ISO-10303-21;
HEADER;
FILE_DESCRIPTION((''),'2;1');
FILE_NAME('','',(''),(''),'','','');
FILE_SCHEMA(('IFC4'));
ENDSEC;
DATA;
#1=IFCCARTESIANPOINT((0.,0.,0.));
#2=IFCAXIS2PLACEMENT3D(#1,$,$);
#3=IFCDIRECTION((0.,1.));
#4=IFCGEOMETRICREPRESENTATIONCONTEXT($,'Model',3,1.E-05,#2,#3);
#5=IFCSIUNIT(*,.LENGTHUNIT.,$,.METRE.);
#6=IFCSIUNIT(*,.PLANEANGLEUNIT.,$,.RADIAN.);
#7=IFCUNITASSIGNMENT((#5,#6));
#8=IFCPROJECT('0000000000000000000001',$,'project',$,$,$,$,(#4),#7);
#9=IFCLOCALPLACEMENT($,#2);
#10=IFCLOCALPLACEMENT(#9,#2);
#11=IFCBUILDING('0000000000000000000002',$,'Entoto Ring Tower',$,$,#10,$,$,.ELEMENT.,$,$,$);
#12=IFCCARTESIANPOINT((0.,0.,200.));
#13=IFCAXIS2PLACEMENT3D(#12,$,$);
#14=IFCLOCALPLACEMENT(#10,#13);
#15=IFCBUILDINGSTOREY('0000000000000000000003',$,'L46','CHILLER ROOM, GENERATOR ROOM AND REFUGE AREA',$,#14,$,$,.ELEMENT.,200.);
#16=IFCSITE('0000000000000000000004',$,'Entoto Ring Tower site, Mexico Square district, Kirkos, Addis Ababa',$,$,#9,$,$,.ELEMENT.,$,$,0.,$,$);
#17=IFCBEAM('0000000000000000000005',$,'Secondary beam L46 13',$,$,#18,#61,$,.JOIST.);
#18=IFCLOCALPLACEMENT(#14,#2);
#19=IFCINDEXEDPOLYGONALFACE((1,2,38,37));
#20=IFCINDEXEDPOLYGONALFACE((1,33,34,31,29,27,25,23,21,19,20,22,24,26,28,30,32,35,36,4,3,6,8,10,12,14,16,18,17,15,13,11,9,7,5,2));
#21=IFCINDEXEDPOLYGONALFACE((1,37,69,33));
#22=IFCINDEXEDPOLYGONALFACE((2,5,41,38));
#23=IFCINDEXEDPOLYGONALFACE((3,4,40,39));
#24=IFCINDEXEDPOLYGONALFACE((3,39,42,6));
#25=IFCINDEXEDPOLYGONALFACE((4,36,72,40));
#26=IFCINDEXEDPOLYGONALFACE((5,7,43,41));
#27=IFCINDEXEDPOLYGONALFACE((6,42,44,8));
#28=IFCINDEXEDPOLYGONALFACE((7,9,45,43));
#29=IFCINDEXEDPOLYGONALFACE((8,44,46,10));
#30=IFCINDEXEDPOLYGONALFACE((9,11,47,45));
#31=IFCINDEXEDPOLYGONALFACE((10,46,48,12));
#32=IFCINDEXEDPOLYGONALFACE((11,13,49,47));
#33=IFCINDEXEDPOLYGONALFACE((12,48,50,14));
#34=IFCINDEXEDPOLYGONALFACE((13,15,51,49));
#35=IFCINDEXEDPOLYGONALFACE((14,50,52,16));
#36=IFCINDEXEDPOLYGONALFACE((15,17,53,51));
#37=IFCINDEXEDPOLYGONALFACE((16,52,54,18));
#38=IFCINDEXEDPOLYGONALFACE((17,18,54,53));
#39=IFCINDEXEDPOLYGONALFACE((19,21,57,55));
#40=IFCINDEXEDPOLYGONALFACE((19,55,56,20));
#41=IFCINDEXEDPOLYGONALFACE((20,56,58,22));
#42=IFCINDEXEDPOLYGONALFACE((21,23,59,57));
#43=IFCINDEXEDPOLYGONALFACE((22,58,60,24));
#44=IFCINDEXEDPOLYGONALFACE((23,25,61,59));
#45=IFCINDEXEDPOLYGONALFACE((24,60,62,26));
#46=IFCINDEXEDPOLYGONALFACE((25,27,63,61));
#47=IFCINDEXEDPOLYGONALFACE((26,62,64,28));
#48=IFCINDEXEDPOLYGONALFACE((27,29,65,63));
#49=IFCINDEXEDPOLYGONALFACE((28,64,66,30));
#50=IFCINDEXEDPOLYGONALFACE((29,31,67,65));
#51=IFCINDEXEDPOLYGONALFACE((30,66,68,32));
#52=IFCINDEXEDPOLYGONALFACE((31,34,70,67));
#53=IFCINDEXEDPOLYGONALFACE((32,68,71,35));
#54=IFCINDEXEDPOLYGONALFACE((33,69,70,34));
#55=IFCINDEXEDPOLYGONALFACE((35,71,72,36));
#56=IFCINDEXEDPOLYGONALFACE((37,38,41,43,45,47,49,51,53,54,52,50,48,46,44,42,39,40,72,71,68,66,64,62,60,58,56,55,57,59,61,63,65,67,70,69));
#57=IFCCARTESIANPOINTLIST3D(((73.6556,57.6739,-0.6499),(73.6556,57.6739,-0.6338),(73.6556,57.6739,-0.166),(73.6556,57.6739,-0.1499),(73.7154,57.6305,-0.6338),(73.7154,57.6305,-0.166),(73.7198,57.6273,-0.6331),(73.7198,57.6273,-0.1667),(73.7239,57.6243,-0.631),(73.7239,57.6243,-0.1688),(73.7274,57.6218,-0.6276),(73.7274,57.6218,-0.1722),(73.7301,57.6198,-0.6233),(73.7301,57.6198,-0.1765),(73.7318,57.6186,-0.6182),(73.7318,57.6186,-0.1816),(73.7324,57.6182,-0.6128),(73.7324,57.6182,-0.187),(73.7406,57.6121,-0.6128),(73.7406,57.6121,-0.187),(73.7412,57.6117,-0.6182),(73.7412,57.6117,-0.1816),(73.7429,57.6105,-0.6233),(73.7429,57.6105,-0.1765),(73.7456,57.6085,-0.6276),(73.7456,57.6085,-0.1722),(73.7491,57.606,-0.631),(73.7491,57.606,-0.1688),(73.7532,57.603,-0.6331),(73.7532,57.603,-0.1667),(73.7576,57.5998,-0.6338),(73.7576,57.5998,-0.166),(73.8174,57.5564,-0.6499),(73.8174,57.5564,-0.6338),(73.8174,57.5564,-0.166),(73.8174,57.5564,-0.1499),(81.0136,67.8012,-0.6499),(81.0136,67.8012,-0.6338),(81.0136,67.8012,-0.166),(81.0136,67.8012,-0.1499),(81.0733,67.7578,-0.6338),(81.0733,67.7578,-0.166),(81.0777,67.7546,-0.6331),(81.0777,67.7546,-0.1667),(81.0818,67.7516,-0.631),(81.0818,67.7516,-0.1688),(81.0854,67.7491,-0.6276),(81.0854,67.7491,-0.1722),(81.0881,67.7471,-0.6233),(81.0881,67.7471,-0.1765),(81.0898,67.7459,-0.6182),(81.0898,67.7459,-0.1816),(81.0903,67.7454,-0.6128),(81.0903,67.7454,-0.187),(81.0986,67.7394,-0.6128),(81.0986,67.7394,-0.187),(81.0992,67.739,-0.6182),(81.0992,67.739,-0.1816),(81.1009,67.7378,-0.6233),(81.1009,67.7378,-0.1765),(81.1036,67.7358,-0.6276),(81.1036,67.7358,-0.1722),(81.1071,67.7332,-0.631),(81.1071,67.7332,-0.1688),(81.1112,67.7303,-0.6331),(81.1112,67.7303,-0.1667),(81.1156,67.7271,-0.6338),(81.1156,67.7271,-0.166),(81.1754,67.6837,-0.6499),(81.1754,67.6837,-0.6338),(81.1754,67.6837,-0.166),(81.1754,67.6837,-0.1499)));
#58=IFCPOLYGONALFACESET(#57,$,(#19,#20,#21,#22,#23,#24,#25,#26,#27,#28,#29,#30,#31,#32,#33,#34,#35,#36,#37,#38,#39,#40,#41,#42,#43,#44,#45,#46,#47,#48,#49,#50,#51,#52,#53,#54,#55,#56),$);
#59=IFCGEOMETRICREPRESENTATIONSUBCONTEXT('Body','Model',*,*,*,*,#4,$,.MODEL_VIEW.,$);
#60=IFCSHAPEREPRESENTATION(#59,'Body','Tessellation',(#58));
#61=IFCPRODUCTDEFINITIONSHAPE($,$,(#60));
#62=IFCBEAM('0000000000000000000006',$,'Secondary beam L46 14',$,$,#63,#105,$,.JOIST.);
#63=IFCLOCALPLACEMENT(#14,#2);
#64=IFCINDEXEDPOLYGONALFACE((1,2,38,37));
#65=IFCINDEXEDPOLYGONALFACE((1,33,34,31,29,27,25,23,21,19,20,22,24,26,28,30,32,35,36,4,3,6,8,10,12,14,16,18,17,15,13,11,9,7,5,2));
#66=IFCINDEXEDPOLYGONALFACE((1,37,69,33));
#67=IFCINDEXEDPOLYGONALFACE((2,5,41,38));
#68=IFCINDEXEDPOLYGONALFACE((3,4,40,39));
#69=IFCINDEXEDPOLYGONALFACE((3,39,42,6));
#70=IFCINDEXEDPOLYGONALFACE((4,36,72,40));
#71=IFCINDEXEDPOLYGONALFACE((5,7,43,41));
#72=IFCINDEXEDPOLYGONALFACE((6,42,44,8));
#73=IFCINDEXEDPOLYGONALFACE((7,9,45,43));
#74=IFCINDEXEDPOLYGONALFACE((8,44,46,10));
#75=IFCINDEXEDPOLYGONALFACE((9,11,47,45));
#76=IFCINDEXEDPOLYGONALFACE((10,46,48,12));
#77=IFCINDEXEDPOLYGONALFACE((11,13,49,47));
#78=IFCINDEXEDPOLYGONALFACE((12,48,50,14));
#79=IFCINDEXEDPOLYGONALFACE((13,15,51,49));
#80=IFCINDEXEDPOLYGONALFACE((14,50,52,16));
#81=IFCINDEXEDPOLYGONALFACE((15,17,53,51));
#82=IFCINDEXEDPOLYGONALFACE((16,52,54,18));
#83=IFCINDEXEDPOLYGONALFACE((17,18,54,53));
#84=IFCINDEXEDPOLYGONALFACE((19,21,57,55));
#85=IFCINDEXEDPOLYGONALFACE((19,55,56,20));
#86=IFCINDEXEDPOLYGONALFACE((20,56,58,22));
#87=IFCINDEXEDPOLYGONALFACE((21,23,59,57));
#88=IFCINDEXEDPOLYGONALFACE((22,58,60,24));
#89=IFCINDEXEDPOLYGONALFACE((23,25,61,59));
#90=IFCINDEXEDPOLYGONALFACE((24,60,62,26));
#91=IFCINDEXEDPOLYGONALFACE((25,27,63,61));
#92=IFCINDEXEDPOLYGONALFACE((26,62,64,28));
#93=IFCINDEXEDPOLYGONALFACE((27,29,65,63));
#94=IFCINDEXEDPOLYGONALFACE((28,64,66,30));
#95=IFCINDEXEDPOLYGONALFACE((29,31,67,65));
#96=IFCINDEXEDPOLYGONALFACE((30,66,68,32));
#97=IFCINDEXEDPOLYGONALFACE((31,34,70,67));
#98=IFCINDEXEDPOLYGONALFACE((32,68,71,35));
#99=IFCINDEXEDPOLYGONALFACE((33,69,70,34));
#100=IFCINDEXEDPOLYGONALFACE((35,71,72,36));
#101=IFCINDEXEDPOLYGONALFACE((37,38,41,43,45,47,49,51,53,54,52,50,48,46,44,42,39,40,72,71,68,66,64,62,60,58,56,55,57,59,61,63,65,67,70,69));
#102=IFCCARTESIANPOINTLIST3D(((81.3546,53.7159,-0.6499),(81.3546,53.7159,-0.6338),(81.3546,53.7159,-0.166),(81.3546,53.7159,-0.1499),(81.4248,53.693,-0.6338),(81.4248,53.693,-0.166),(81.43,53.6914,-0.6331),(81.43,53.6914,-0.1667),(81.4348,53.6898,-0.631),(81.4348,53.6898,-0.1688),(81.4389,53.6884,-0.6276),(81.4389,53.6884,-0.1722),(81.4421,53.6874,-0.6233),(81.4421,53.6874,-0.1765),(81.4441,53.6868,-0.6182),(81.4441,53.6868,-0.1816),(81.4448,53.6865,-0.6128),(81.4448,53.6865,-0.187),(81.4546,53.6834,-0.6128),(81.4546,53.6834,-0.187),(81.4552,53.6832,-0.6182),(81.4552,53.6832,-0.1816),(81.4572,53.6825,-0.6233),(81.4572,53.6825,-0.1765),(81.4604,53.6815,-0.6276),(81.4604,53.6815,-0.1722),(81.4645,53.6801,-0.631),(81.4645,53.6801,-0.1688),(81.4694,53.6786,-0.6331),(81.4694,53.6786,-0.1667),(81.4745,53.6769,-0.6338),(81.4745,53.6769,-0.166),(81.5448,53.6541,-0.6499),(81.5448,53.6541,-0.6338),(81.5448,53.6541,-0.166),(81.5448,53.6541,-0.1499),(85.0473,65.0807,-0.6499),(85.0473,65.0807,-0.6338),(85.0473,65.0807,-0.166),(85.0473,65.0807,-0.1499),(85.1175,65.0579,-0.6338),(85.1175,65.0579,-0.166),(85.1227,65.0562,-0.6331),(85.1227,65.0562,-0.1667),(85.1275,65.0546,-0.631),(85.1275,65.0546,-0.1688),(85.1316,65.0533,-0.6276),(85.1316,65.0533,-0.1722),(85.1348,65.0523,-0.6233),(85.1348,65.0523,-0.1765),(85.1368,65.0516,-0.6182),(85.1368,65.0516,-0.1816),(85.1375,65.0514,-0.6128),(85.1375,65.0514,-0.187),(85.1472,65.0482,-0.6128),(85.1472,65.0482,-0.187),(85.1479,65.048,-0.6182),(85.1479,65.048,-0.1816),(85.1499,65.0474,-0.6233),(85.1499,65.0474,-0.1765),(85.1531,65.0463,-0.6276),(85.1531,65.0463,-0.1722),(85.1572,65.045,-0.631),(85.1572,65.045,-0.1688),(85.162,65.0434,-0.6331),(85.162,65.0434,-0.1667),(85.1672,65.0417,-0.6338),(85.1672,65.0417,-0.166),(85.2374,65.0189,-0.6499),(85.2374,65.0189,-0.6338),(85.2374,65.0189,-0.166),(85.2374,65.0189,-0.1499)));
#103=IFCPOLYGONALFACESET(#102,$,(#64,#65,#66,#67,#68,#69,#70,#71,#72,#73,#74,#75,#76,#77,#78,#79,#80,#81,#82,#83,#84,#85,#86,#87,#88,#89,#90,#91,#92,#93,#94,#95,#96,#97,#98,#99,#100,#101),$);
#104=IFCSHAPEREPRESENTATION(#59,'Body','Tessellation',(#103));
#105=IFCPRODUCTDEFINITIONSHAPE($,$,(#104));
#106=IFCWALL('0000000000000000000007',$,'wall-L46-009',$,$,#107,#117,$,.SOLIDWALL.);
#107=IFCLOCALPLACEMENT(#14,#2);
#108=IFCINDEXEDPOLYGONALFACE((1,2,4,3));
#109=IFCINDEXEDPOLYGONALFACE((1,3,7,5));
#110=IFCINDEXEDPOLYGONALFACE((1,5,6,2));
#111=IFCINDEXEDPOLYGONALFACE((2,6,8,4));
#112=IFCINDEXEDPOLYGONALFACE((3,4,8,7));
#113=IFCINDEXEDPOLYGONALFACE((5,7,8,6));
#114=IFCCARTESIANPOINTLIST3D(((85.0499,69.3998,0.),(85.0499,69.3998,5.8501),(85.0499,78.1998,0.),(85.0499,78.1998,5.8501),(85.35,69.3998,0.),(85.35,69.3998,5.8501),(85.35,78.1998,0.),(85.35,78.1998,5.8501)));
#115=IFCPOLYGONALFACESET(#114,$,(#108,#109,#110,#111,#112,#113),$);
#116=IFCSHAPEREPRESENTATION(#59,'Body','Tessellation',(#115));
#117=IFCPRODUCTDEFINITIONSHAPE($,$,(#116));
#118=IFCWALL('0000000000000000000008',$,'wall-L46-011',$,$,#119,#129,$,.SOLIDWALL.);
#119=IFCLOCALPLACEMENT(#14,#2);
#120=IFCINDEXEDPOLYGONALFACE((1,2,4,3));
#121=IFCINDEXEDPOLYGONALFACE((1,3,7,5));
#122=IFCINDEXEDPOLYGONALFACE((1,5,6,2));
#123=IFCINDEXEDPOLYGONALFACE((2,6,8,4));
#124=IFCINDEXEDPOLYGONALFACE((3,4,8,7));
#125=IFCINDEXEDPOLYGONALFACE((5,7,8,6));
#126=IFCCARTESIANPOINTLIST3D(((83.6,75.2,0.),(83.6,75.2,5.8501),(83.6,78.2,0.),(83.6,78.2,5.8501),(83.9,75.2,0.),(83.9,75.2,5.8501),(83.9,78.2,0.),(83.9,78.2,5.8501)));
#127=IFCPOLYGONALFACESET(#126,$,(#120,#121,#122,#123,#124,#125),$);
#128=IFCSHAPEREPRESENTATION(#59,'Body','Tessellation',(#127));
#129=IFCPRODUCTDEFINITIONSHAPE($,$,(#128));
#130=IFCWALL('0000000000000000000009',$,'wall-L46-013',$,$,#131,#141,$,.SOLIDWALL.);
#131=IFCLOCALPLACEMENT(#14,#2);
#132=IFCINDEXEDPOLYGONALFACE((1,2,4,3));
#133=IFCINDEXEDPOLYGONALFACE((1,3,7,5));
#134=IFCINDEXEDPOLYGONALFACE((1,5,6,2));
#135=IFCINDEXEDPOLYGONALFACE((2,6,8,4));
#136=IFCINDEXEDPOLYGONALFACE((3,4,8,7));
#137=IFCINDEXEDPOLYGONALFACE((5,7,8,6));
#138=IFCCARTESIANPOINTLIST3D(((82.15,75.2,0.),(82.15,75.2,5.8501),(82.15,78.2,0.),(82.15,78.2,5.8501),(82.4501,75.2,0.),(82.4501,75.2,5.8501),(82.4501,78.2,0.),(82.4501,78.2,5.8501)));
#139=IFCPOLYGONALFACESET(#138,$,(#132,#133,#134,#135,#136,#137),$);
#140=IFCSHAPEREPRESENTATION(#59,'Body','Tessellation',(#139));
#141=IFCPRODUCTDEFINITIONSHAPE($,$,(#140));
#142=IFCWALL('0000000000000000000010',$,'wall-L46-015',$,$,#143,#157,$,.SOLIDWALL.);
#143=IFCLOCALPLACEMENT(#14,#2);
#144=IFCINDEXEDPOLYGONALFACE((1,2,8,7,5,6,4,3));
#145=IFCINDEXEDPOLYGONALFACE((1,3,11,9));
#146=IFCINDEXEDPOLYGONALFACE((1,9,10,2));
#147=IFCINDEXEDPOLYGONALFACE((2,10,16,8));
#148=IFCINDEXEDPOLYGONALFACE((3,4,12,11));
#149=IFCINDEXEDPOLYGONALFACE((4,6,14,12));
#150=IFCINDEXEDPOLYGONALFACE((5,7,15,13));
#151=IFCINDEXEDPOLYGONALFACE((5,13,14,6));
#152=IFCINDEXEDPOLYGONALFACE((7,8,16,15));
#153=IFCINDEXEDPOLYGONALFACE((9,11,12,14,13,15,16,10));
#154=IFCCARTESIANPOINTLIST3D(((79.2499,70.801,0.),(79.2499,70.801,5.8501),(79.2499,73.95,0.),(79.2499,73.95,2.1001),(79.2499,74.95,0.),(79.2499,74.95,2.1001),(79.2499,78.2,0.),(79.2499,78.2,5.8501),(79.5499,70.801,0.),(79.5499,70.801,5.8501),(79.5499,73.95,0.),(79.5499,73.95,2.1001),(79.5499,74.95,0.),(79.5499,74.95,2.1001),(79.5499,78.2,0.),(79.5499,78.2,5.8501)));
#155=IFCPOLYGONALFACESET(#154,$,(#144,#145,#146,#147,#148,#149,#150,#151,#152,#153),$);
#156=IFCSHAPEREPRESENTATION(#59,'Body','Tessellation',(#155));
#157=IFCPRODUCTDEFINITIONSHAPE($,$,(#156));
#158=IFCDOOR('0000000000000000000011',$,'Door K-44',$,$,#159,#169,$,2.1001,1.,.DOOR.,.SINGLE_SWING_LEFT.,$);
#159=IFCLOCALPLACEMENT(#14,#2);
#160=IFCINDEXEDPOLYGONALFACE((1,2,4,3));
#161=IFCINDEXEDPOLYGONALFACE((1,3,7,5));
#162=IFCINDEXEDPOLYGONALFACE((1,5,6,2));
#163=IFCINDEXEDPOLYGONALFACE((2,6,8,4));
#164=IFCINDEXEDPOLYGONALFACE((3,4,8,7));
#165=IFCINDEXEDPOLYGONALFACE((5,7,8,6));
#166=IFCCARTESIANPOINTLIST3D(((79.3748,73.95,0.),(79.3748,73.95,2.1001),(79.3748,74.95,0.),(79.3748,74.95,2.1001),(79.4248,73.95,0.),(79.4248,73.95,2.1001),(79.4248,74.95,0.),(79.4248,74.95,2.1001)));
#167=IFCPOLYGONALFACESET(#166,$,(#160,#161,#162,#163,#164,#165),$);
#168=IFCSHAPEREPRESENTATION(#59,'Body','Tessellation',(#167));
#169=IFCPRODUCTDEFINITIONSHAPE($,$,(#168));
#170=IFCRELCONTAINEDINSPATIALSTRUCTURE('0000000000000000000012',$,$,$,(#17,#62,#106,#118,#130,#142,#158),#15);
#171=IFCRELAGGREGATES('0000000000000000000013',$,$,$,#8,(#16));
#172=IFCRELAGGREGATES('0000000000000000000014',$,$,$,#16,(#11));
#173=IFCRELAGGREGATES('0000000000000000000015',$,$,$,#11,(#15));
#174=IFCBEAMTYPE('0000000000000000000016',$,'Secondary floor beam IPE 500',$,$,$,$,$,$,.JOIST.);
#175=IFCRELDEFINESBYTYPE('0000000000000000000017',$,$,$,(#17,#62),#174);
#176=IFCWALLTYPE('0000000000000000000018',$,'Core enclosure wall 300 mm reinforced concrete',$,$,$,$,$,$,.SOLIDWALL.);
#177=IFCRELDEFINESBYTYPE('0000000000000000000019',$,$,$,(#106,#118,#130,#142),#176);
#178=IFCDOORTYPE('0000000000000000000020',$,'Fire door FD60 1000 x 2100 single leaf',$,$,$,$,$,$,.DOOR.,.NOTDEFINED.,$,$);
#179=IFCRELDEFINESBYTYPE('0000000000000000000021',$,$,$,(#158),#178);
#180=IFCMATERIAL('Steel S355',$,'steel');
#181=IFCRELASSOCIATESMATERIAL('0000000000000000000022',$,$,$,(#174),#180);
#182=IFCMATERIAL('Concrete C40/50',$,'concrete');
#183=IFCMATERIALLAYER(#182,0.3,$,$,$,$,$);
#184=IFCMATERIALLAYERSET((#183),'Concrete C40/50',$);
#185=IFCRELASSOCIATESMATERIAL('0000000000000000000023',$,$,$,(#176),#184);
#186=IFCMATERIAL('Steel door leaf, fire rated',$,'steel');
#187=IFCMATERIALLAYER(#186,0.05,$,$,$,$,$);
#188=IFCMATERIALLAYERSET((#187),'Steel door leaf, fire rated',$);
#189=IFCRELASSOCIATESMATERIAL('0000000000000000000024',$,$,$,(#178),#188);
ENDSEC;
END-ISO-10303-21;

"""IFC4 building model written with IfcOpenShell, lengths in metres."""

from ifc_helpers import new_model, si_unit, direction, frame, frame_2d, origin, origin_2d, place, context, subcontext, project, spatial, rectangle, i_section, extrude, material, layer, layer_set, material_profile, profile_set, type_object, element, fill, save


model = new_model("IFC4")

# Units and contexts
model_context = context("Model", 3, precision=1e-05, world=origin(), true_north=direction((0.0, 1.0)))
body_context = subcontext(model_context, "Body", "Model", "MODEL_VIEW")
ifc_project = project(units=[si_unit("LENGTHUNIT", "METRE"), si_unit("PLANEANGLEUNIT", "RADIAN")], contexts=[model_context])

# Site, building, storey
site_placement = place(None, origin())
site = spatial("IfcSite", under=ifc_project, at=site_placement, Name="Entoto Ring Tower site, Mexico Square district, Kirkos, Addis Ababa", CompositionType="ELEMENT", RefElevation=0.0)
building_placement = place(site_placement, origin())
building = spatial("IfcBuilding", under=site, at=building_placement, Name="Entoto Ring Tower", CompositionType="ELEMENT")
storey_placement = place(building_placement, frame((0.0, 0.0, 200.0)))
storey = spatial("IfcBuildingStorey", under=building, at=storey_placement, Name="L46", Description="CHILLER ROOM, GENERATOR ROOM AND REFUGE AREA", CompositionType="ELEMENT", Elevation=200.0)

# Beams
ifc_material_1 = material(Name="Steel S355", Category="steel")
ifc_material_profile_1 = material_profile(ifc_material_1, i_section(OverallWidth=0.2, OverallDepth=0.5, WebThickness=0.0103, FlangeThickness=0.0161, FilletRadius=0.021, at=origin_2d()), Name="IPE 500")
ifc_profile_set_1 = profile_set([ifc_material_profile_1], Name="Steel S355")
beam_type_1 = type_object("IfcBeamType", Name="Secondary floor beam IPE 500", PredefinedType="JOIST", material=ifc_profile_set_1)
for number, where, z_axis, x_axis, name in (
    (1, (81.0945, 67.7424, -0.3999), (-0.587789, -0.809014, 0.0), (0.809014, -0.587789, 0.0), "Secondary beam L46 13"),
):
    element("IfcBeam", number, at=place(storey_placement, frame(where, z_axis=z_axis, x_axis=x_axis)), inside=storey, type_object=beam_type_1, Name=name, PredefinedType="JOIST", context=body_context, shape_type="SweptSolid", body=[
        extrude(i_section(OverallWidth=0.2, OverallDepth=0.5, WebThickness=0.0103, FlangeThickness=0.0161, FilletRadius=0.021, at=origin_2d()), origin(), (0.0, 0.0, 1.0), 12.5181),
    ])
beam_1_placement = place(storey_placement, frame((85.1423, 65.0498, -0.3999), z_axis=(-0.309017, -0.951057, 0.0), x_axis=(0.951057, -0.309017, 0.0)))
element("IfcBeam", 2, at=beam_1_placement, inside=storey, type_object=beam_type_1, Name="Secondary beam L46 14", PredefinedType="JOIST", context=body_context, shape_type="SweptSolid", body=[
    extrude(i_section(OverallWidth=0.2, OverallDepth=0.5, WebThickness=0.0103, FlangeThickness=0.0161, FilletRadius=0.021, at=origin_2d()), origin(), (0.0, 0.0, 1.0), 11.9497),
])

# Walls
ifc_material_2 = material(Name="Concrete C40/50", Category="concrete")
ifc_layer_1 = layer(ifc_material_2, 0.3)
ifc_layer_set_1 = layer_set([ifc_layer_1], Name="Concrete C40/50")
wall_type_1 = type_object("IfcWallType", Name="Core enclosure wall 300 mm reinforced concrete", PredefinedType="SOLIDWALL", material=ifc_layer_set_1)
wall_1_placement = place(storey_placement, frame((85.2, 69.3999, 0.0), z_axis=(0.0, 0.0, 1.0), x_axis=(0.0, 1.0, 0.0)))
element("IfcWall", 3, at=wall_1_placement, inside=storey, type_object=wall_type_1, Name="wall-L46-009", PredefinedType="SOLIDWALL", context=body_context, shape_type="SweptSolid", body=[
    extrude(rectangle(XDim=8.8, YDim=0.3, at=frame_2d((4.3999, 0.0))), origin(), (0.0, 0.0, 1.0), 5.8501),
])
for number, where, z_axis, x_axis, name in (
    (4, (83.75, 75.2, 0.0), (0.0, 0.0, 1.0), (0.0, 1.0, 0.0), "wall-L46-011"),
    (5, (82.3, 75.2, 0.0), (0.0, 0.0, 1.0), (0.0, 1.0, 0.0), "wall-L46-013"),
):
    element("IfcWall", number, at=place(storey_placement, frame(where, z_axis=z_axis, x_axis=x_axis)), inside=storey, type_object=wall_type_1, Name=name, PredefinedType="SOLIDWALL", context=body_context, shape_type="SweptSolid", body=[
        extrude(rectangle(XDim=3.0, YDim=0.3, at=frame_2d((1.5, 0.0))), origin(), (0.0, 0.0, 1.0), 5.8501),
    ])

# Wall, opening, door
wall_2_placement = place(storey_placement, frame((79.3999, 70.801, 0.0), z_axis=(0.0, 0.0, 1.0), x_axis=(0.0, 1.0, 0.0)))
wall_2 = element("IfcWall", 6, at=wall_2_placement, inside=storey, type_object=wall_type_1, Name="wall-L46-015", PredefinedType="SOLIDWALL", context=body_context, shape_type="SweptSolid", body=[
    extrude(rectangle(XDim=7.3989, YDim=0.3, at=frame_2d((3.6995, 0.0))), origin(), (0.0, 0.0, 1.0), 5.8501),
])
opening_1_placement = place(wall_2_placement, frame((3.1489, 0.0, 0.0)))
opening_1 = element("IfcOpeningElement", 7, at=opening_1_placement, cuts=wall_2, PredefinedType="OPENING", context=body_context, shape_type="SweptSolid", body=[
    extrude(rectangle(XDim=1.0, YDim=2.1001, at=frame_2d((0.5, 1.05))), frame((0.0, 0.1602, 0.0), z_axis=(0.0, -1.0, 0.0), x_axis=(1.0, 0.0, 0.0)), (0.0, 0.0, 1.0), 0.3201),
])
ifc_material_3 = material(Name="Steel door leaf, fire rated", Category="steel")
ifc_layer_2 = layer(ifc_material_3, 0.05)
ifc_layer_set_2 = layer_set([ifc_layer_2], Name="Steel door leaf, fire rated")
door_type_1 = type_object("IfcDoorType", Name="Fire door FD60 1000 x 2100 single leaf", OperationType="NOTDEFINED", PredefinedType="DOOR", material=ifc_layer_set_2)
door_1_placement = place(opening_1_placement, frame((1.0, 0.0, 0.0), z_axis=(0.0, 0.0, 1.0), x_axis=(-1.0, 0.0, 0.0)))
door_1 = element("IfcDoor", 8, at=door_1_placement, inside=storey, type_object=door_type_1, Name="Door K-44", OperationType="SINGLE_SWING_LEFT", OverallHeight=2.1001, OverallWidth=1.0, PredefinedType="DOOR", context=body_context, shape_type="SweptSolid", body=[
    extrude(rectangle(XDim=1.0, YDim=2.1001, at=frame_2d((0.5, 1.05))), frame((0.0, 0.0249, 0.0), z_axis=(0.0, -1.0, 0.0), x_axis=(1.0, 0.0, 0.0)), (0.0, 0.0, 1.0), 0.05),
])
fill(opening_1, door_1)

save(model, "model.ifc")
